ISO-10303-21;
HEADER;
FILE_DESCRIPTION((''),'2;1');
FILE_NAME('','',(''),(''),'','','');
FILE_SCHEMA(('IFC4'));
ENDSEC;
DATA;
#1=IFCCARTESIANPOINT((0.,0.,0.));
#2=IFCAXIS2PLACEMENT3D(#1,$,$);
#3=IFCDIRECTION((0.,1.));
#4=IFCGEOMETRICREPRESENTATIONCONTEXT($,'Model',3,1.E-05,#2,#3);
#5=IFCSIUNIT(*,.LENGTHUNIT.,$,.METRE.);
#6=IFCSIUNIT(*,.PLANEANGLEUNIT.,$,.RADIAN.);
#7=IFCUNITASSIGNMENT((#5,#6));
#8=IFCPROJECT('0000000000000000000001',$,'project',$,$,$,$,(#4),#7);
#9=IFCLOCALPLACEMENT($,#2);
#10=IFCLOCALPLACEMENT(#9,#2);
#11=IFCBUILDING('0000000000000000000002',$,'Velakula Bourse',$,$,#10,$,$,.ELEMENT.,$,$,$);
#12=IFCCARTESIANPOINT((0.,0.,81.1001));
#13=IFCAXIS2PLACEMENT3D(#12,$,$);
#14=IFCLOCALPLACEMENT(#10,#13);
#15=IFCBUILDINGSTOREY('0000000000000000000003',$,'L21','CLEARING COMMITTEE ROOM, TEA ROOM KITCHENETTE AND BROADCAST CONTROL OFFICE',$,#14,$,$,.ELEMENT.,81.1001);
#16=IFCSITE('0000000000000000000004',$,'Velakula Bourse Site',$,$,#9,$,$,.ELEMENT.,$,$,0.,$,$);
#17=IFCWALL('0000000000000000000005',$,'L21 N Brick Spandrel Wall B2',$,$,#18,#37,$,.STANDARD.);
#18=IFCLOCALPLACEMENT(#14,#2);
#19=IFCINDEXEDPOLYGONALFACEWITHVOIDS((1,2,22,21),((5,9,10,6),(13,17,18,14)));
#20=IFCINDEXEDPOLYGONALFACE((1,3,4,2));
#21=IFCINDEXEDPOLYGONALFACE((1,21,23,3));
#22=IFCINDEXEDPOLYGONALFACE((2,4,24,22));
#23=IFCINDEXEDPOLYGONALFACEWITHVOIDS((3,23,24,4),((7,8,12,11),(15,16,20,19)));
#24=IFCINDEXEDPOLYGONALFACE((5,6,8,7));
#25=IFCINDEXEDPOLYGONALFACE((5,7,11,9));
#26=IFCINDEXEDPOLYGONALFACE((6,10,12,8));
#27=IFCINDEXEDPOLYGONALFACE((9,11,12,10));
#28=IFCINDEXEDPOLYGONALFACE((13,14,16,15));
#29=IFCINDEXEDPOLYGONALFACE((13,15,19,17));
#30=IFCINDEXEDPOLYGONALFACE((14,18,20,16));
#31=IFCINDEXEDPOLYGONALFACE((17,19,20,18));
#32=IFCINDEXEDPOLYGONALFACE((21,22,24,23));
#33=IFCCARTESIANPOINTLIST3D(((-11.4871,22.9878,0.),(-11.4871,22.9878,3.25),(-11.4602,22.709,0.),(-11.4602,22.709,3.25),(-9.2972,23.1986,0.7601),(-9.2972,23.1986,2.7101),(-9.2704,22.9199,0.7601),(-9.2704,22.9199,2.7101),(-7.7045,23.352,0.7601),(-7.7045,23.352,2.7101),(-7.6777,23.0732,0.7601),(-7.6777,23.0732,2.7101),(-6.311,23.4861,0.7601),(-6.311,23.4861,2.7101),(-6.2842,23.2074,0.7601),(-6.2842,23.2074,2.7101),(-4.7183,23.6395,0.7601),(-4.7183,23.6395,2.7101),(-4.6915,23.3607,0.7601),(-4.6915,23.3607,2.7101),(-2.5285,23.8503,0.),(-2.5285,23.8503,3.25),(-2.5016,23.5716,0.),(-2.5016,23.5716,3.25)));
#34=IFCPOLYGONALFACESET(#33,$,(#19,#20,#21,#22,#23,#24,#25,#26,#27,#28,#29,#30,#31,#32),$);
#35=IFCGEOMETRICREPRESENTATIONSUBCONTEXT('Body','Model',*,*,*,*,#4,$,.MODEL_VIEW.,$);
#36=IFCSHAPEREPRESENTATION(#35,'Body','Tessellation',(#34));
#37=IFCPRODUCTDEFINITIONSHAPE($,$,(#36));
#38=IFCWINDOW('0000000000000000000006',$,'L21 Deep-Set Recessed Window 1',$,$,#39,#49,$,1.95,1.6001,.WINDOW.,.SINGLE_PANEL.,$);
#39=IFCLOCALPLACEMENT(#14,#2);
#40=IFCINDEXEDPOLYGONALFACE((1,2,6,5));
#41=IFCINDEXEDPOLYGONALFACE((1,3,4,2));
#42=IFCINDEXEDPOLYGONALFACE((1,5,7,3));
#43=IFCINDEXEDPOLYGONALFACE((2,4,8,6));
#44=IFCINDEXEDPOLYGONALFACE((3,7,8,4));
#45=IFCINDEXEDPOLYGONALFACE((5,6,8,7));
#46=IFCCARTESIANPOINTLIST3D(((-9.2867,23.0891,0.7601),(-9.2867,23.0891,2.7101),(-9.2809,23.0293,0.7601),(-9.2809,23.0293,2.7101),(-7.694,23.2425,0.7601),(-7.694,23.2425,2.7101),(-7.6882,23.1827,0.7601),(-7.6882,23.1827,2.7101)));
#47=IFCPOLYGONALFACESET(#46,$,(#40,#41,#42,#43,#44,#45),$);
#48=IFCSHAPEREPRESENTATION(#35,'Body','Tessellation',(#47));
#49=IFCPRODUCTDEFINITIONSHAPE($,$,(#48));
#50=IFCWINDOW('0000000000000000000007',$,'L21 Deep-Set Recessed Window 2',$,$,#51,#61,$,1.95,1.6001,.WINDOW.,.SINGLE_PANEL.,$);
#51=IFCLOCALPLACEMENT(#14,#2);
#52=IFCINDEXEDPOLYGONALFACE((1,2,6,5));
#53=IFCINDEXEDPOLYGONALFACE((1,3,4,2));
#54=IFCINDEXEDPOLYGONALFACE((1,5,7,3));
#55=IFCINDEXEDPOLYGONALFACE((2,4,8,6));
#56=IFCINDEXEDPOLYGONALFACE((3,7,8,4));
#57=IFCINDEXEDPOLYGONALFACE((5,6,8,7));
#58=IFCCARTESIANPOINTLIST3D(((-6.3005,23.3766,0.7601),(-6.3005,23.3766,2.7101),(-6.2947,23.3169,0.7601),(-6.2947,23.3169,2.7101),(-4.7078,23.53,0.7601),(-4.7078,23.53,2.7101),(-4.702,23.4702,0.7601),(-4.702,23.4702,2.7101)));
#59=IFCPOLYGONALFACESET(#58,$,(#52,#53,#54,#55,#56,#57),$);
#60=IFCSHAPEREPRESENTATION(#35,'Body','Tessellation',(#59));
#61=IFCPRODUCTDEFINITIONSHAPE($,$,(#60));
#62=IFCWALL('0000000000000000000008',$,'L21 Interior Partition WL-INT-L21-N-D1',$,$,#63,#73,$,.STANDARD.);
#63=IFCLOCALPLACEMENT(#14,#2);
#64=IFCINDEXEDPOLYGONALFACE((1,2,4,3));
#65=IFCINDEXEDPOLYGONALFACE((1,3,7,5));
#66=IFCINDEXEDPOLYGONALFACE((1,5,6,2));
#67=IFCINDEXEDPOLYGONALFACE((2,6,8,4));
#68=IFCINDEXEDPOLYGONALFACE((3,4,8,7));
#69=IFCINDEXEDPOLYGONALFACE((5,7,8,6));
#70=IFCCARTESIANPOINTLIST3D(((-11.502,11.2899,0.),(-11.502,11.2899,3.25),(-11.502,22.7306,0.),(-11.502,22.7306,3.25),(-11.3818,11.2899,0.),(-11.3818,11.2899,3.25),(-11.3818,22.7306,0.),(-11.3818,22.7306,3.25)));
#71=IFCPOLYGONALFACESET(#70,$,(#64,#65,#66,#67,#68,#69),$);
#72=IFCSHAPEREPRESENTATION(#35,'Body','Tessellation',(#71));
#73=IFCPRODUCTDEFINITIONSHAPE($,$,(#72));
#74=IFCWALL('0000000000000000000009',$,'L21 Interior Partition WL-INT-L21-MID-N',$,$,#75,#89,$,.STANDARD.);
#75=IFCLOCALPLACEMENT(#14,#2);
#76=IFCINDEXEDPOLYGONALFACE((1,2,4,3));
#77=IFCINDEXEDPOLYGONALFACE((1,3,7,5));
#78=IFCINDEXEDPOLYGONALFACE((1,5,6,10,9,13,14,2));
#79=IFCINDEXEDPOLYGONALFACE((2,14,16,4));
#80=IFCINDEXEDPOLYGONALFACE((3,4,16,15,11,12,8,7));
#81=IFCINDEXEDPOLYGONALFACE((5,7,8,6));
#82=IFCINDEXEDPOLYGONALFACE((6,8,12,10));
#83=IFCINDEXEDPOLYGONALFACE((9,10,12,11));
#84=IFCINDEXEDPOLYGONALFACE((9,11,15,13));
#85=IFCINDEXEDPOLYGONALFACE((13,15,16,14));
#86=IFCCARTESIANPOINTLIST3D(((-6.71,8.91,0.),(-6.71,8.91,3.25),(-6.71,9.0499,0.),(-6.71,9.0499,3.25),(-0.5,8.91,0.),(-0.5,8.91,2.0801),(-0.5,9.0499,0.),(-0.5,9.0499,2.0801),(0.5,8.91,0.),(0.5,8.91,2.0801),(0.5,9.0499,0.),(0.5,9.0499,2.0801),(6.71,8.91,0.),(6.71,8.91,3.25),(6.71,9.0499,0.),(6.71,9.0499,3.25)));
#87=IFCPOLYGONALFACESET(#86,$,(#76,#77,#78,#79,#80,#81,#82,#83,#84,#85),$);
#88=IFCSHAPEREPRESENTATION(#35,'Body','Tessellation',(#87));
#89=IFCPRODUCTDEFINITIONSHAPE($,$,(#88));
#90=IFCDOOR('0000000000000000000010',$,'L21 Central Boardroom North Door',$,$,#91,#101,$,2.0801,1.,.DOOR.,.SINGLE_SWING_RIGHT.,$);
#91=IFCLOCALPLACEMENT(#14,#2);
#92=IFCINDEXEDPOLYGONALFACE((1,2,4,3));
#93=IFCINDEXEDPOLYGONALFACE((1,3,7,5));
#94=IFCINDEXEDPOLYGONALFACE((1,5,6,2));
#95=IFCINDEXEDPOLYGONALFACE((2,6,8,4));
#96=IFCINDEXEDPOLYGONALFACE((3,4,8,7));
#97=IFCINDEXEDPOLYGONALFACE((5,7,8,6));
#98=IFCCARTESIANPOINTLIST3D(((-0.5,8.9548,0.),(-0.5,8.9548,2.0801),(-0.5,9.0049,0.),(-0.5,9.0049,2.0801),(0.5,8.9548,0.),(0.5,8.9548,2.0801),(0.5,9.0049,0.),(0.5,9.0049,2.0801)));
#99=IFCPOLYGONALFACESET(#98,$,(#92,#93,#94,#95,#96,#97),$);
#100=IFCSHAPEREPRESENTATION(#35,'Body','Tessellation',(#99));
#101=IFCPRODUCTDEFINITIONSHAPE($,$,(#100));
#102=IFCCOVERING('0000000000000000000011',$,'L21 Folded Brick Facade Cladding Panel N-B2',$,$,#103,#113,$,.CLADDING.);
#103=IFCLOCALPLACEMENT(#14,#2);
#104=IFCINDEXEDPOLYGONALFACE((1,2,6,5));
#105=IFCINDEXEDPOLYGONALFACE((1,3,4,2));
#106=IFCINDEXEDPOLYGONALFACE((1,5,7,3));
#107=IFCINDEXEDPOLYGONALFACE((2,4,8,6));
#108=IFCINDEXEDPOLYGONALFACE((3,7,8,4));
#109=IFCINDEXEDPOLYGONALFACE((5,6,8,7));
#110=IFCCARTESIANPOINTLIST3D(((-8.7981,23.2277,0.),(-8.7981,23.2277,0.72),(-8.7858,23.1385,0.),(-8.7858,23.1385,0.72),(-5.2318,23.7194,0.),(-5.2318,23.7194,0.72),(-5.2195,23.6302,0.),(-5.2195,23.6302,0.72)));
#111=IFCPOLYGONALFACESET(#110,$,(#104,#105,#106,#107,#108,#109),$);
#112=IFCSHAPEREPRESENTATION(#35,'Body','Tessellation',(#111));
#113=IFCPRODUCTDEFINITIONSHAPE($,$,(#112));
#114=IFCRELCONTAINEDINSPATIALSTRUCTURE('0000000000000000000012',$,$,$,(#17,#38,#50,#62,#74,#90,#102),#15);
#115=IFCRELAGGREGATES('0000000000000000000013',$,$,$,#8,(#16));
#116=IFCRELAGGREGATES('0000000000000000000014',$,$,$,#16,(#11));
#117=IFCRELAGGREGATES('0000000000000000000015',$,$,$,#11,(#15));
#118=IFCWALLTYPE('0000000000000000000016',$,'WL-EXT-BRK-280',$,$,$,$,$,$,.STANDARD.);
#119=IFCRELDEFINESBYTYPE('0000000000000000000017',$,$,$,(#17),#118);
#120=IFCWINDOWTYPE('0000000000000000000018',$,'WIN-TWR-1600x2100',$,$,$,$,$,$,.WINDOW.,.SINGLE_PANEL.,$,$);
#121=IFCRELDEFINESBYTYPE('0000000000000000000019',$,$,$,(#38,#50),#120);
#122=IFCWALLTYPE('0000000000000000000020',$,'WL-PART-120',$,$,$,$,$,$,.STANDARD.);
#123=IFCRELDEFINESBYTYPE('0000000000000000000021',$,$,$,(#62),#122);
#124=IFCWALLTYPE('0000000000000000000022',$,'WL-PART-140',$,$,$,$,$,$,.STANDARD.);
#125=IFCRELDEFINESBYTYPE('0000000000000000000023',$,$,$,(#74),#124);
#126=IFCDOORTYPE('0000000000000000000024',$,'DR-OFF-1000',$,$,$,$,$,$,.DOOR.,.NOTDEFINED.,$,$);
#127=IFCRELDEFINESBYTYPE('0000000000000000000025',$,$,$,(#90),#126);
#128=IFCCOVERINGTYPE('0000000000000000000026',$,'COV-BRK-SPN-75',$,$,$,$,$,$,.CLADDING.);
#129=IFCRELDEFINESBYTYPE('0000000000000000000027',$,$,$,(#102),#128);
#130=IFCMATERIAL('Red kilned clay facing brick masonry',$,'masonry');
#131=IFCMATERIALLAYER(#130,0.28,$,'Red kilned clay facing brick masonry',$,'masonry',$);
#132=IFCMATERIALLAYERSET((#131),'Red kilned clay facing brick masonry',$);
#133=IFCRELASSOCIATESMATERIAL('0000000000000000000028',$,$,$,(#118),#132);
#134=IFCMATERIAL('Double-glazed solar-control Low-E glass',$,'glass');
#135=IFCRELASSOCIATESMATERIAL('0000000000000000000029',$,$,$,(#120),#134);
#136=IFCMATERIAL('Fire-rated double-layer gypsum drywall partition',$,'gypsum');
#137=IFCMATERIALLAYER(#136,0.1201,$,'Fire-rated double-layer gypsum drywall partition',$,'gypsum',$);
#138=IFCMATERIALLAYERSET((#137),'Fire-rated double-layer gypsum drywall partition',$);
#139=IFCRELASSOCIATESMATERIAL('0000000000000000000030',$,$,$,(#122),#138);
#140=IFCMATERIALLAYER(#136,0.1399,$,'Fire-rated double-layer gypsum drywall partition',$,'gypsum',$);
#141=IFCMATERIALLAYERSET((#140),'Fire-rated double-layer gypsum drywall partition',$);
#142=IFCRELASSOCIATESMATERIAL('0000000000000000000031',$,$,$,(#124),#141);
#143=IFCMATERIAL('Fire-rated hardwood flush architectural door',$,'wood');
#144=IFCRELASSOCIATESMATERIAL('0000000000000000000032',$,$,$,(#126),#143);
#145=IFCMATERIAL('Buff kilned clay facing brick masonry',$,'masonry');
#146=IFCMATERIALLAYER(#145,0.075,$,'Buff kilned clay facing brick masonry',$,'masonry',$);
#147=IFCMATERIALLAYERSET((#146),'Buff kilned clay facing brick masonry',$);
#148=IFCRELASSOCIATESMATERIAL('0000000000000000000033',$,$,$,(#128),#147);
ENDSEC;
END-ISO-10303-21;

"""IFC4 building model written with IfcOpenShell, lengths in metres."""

from ifc_helpers import new_model, si_unit, direction, frame, frame_2d, origin, origin_2d, place, context, subcontext, project, spatial, rectangle, extrude, material, layer, layer_set, type_object, element, fill, save


model = new_model("IFC4")

# Units and contexts
model_context = context("Model", 3, precision=1e-05, world=origin(), true_north=direction((0.0, 1.0)))
body_context = subcontext(model_context, "Body", "Model", "MODEL_VIEW")
ifc_project = project(units=[si_unit("LENGTHUNIT", "METRE"), si_unit("PLANEANGLEUNIT", "RADIAN")], contexts=[model_context])

# Site, building, storey
site_placement = place(None, origin())
site = spatial("IfcSite", under=ifc_project, at=site_placement, Name="Velakula Bourse Site", CompositionType="ELEMENT", RefElevation=0.0)
building_placement = place(site_placement, origin())
building = spatial("IfcBuilding", under=site, at=building_placement, Name="Velakula Bourse", CompositionType="ELEMENT")
storey_placement = place(building_placement, frame((0.0, 0.0, 81.1001)))
storey = spatial("IfcBuildingStorey", under=building, at=storey_placement, Name="L21", Description="CLEARING COMMITTEE ROOM, TEA ROOM KITCHENETTE AND BROADCAST CONTROL OFFICE", CompositionType="ELEMENT", Elevation=81.1001)

# Wall, openings, windows
ifc_material_1 = material(Name="Red kilned clay facing brick masonry", Category="masonry")
ifc_layer_1 = layer(ifc_material_1, 0.28, Name="Red kilned clay facing brick masonry", Category="masonry")
ifc_layer_set_1 = layer_set([ifc_layer_1], Name="Red kilned clay facing brick masonry")
wall_type_1 = type_object("IfcWallType", Name="WL-EXT-BRK-280", PredefinedType="STANDARD", material=ifc_layer_set_1)
wall_1_placement = place(storey_placement, frame((-11.4736, 22.8484, 0.0), z_axis=(0.0, 0.0, 1.0), x_axis=(0.995397, 0.09584, 0.0)))
wall_1 = element("IfcWall", 1, at=wall_1_placement, inside=storey, type_object=wall_type_1, Name="L21 N Brick Spandrel Wall B2", PredefinedType="STANDARD", context=body_context, shape_type="SweptSolid", body=[
    extrude(rectangle(XDim=9.0, YDim=0.28, at=frame_2d((4.5, 0.0))), origin(), (0.0, 0.0, 1.0), 3.25),
])
opening_1_placement = place(wall_1_placement, frame((2.2, 0.0, 0.76)))
opening_1 = element("IfcOpeningElement", 2, at=opening_1_placement, cuts=wall_1, PredefinedType="OPENING", context=body_context, shape_type="SweptSolid", body=[
    extrude(rectangle(XDim=1.6001, YDim=1.95, at=frame_2d((0.8, 0.9751))), frame((0.0, 0.1499, 0.0), z_axis=(0.0, -1.0, 0.0), x_axis=(1.0, 0.0, 0.0)), (0.0, 0.0, 1.0), 0.3),
])
opening_2_placement = place(wall_1_placement, frame((5.2, 0.0, 0.76)))
opening_2 = element("IfcOpeningElement", 3, at=opening_2_placement, cuts=wall_1, PredefinedType="OPENING", context=body_context, shape_type="SweptSolid", body=[
    extrude(rectangle(XDim=1.6001, YDim=1.95, at=frame_2d((0.8, 0.9751))), frame((0.0, 0.1499, 0.0), z_axis=(0.0, -1.0, 0.0), x_axis=(1.0, 0.0, 0.0)), (0.0, 0.0, 1.0), 0.3),
])
ifc_material_2 = material(Name="Double-glazed solar-control Low-E glass", Category="glass")
window_type = type_object("IfcWindowType", Name="WIN-TWR-1600x2100", PartitioningType="SINGLE_PANEL", PredefinedType="WINDOW", material=ifc_material_2)
window_1_placement = place(opening_1_placement, origin())
window_1 = element("IfcWindow", 4, at=window_1_placement, inside=storey, type_object=window_type, Name="L21 Deep-Set Recessed Window 1", OverallHeight=1.95, OverallWidth=1.6001, PartitioningType="SINGLE_PANEL", PredefinedType="WINDOW", context=body_context, shape_type="SweptSolid", body=[
    extrude(rectangle(XDim=1.6001, YDim=1.95, at=frame_2d((0.8, 0.9751))), frame((0.0, 0.03, 0.0), z_axis=(0.0, -1.0, 0.0), x_axis=(1.0, 0.0, 0.0)), (0.0, 0.0, 1.0), 0.0601),
])
fill(opening_1, window_1)
window_2_placement = place(opening_2_placement, origin())
window_2 = element("IfcWindow", 5, at=window_2_placement, inside=storey, type_object=window_type, Name="L21 Deep-Set Recessed Window 2", OverallHeight=1.95, OverallWidth=1.6001, PartitioningType="SINGLE_PANEL", PredefinedType="WINDOW", context=body_context, shape_type="SweptSolid", body=[
    extrude(rectangle(XDim=1.6001, YDim=1.95, at=frame_2d((0.8, 0.9751))), frame((0.0, 0.03, 0.0), z_axis=(0.0, -1.0, 0.0), x_axis=(1.0, 0.0, 0.0)), (0.0, 0.0, 1.0), 0.0601),
])
fill(opening_2, window_2)

# Wall
ifc_material_3 = material(Name="Fire-rated double-layer gypsum drywall partition", Category="gypsum")
ifc_layer_2 = layer(ifc_material_3, 0.1201, Name="Fire-rated double-layer gypsum drywall partition", Category="gypsum")
ifc_layer_set_2 = layer_set([ifc_layer_2], Name="Fire-rated double-layer gypsum drywall partition")
wall_type_2 = type_object("IfcWallType", Name="WL-PART-120", PredefinedType="STANDARD", material=ifc_layer_set_2)
wall_2_placement = place(storey_placement, frame((-11.4419, 11.29, 0.0), z_axis=(0.0, 0.0, 1.0), x_axis=(0.0, 1.0, 0.0)))
element("IfcWall", 6, at=wall_2_placement, inside=storey, type_object=wall_type_2, Name="L21 Interior Partition WL-INT-L21-N-D1", PredefinedType="STANDARD", context=body_context, shape_type="SweptSolid", body=[
    extrude(rectangle(XDim=11.4407, YDim=0.1201, at=frame_2d((5.7202, 0.0))), origin(), (0.0, 0.0, 1.0), 3.25),
])

# Wall, opening, door
ifc_layer_3 = layer(ifc_material_3, 0.1399, Name="Fire-rated double-layer gypsum drywall partition", Category="gypsum")
ifc_layer_set_3 = layer_set([ifc_layer_3], Name="Fire-rated double-layer gypsum drywall partition")
wall_type_3 = type_object("IfcWallType", Name="WL-PART-140", PredefinedType="STANDARD", material=ifc_layer_set_3)
wall_3_placement = place(storey_placement, frame((-6.71, 8.98, 0.0), z_axis=(0.0, 0.0, 1.0), x_axis=(1.0, 0.0, 0.0)))
wall_3 = element("IfcWall", 7, at=wall_3_placement, inside=storey, type_object=wall_type_3, Name="L21 Interior Partition WL-INT-L21-MID-N", PredefinedType="STANDARD", context=body_context, shape_type="SweptSolid", body=[
    extrude(rectangle(XDim=13.4199, YDim=0.1399, at=frame_2d((6.71, 0.0))), origin(), (0.0, 0.0, 1.0), 3.25),
])
opening_3_placement = place(wall_3_placement, frame((6.21, 0.0, 0.0)))
opening_3 = element("IfcOpeningElement", 8, at=opening_3_placement, cuts=wall_3, PredefinedType="OPENING", context=body_context, shape_type="SweptSolid", body=[
    extrude(rectangle(XDim=1.0, YDim=2.0801, at=frame_2d((0.5, 1.04))), frame((0.0, 0.0798, 0.0), z_axis=(0.0, -1.0, 0.0), x_axis=(1.0, 0.0, 0.0)), (0.0, 0.0, 1.0), 0.1599),
])
ifc_material_4 = material(Name="Fire-rated hardwood flush architectural door", Category="wood")
door_type = type_object("IfcDoorType", Name="DR-OFF-1000", OperationType="NOTDEFINED", PredefinedType="DOOR", material=ifc_material_4)
door_placement = place(opening_3_placement, origin())
door = element("IfcDoor", 9, at=door_placement, inside=storey, type_object=door_type, Name="L21 Central Boardroom North Door", OperationType="SINGLE_SWING_RIGHT", OverallHeight=2.0801, OverallWidth=1.0, PredefinedType="DOOR", context=body_context, shape_type="SweptSolid", body=[
    extrude(rectangle(XDim=1.0, YDim=2.0801, at=frame_2d((0.5, 1.04))), frame((0.0, 0.0249, 0.0), z_axis=(0.0, -1.0, 0.0), x_axis=(1.0, 0.0, 0.0)), (0.0, 0.0, 1.0), 0.05),
])
fill(opening_3, door)

# Covering
ifc_material_5 = material(Name="Buff kilned clay facing brick masonry", Category="masonry")
ifc_layer_4 = layer(ifc_material_5, 0.075, Name="Buff kilned clay facing brick masonry", Category="masonry")
ifc_layer_set_4 = layer_set([ifc_layer_4], Name="Buff kilned clay facing brick masonry")
covering_type = type_object("IfcCoveringType", Name="COV-BRK-SPN-75", PredefinedType="CLADDING", material=ifc_layer_set_4)
covering_placement = place(storey_placement, frame((-7.0088, 23.429, 0.0), z_axis=(0.0, 0.0, 1.0), x_axis=(0.990629, 0.13658, 0.0)))
element("IfcCovering", 10, at=covering_placement, inside=storey, type_object=covering_type, Name="L21 Folded Brick Facade Cladding Panel N-B2", PredefinedType="CLADDING", context=body_context, shape_type="SweptSolid", body=[
    extrude(rectangle(XDim=3.6001, YDim=0.0901, at=origin_2d()), origin(), (0.0, 0.0, 1.0), 0.72),
])

save(model, "model.ifc")
